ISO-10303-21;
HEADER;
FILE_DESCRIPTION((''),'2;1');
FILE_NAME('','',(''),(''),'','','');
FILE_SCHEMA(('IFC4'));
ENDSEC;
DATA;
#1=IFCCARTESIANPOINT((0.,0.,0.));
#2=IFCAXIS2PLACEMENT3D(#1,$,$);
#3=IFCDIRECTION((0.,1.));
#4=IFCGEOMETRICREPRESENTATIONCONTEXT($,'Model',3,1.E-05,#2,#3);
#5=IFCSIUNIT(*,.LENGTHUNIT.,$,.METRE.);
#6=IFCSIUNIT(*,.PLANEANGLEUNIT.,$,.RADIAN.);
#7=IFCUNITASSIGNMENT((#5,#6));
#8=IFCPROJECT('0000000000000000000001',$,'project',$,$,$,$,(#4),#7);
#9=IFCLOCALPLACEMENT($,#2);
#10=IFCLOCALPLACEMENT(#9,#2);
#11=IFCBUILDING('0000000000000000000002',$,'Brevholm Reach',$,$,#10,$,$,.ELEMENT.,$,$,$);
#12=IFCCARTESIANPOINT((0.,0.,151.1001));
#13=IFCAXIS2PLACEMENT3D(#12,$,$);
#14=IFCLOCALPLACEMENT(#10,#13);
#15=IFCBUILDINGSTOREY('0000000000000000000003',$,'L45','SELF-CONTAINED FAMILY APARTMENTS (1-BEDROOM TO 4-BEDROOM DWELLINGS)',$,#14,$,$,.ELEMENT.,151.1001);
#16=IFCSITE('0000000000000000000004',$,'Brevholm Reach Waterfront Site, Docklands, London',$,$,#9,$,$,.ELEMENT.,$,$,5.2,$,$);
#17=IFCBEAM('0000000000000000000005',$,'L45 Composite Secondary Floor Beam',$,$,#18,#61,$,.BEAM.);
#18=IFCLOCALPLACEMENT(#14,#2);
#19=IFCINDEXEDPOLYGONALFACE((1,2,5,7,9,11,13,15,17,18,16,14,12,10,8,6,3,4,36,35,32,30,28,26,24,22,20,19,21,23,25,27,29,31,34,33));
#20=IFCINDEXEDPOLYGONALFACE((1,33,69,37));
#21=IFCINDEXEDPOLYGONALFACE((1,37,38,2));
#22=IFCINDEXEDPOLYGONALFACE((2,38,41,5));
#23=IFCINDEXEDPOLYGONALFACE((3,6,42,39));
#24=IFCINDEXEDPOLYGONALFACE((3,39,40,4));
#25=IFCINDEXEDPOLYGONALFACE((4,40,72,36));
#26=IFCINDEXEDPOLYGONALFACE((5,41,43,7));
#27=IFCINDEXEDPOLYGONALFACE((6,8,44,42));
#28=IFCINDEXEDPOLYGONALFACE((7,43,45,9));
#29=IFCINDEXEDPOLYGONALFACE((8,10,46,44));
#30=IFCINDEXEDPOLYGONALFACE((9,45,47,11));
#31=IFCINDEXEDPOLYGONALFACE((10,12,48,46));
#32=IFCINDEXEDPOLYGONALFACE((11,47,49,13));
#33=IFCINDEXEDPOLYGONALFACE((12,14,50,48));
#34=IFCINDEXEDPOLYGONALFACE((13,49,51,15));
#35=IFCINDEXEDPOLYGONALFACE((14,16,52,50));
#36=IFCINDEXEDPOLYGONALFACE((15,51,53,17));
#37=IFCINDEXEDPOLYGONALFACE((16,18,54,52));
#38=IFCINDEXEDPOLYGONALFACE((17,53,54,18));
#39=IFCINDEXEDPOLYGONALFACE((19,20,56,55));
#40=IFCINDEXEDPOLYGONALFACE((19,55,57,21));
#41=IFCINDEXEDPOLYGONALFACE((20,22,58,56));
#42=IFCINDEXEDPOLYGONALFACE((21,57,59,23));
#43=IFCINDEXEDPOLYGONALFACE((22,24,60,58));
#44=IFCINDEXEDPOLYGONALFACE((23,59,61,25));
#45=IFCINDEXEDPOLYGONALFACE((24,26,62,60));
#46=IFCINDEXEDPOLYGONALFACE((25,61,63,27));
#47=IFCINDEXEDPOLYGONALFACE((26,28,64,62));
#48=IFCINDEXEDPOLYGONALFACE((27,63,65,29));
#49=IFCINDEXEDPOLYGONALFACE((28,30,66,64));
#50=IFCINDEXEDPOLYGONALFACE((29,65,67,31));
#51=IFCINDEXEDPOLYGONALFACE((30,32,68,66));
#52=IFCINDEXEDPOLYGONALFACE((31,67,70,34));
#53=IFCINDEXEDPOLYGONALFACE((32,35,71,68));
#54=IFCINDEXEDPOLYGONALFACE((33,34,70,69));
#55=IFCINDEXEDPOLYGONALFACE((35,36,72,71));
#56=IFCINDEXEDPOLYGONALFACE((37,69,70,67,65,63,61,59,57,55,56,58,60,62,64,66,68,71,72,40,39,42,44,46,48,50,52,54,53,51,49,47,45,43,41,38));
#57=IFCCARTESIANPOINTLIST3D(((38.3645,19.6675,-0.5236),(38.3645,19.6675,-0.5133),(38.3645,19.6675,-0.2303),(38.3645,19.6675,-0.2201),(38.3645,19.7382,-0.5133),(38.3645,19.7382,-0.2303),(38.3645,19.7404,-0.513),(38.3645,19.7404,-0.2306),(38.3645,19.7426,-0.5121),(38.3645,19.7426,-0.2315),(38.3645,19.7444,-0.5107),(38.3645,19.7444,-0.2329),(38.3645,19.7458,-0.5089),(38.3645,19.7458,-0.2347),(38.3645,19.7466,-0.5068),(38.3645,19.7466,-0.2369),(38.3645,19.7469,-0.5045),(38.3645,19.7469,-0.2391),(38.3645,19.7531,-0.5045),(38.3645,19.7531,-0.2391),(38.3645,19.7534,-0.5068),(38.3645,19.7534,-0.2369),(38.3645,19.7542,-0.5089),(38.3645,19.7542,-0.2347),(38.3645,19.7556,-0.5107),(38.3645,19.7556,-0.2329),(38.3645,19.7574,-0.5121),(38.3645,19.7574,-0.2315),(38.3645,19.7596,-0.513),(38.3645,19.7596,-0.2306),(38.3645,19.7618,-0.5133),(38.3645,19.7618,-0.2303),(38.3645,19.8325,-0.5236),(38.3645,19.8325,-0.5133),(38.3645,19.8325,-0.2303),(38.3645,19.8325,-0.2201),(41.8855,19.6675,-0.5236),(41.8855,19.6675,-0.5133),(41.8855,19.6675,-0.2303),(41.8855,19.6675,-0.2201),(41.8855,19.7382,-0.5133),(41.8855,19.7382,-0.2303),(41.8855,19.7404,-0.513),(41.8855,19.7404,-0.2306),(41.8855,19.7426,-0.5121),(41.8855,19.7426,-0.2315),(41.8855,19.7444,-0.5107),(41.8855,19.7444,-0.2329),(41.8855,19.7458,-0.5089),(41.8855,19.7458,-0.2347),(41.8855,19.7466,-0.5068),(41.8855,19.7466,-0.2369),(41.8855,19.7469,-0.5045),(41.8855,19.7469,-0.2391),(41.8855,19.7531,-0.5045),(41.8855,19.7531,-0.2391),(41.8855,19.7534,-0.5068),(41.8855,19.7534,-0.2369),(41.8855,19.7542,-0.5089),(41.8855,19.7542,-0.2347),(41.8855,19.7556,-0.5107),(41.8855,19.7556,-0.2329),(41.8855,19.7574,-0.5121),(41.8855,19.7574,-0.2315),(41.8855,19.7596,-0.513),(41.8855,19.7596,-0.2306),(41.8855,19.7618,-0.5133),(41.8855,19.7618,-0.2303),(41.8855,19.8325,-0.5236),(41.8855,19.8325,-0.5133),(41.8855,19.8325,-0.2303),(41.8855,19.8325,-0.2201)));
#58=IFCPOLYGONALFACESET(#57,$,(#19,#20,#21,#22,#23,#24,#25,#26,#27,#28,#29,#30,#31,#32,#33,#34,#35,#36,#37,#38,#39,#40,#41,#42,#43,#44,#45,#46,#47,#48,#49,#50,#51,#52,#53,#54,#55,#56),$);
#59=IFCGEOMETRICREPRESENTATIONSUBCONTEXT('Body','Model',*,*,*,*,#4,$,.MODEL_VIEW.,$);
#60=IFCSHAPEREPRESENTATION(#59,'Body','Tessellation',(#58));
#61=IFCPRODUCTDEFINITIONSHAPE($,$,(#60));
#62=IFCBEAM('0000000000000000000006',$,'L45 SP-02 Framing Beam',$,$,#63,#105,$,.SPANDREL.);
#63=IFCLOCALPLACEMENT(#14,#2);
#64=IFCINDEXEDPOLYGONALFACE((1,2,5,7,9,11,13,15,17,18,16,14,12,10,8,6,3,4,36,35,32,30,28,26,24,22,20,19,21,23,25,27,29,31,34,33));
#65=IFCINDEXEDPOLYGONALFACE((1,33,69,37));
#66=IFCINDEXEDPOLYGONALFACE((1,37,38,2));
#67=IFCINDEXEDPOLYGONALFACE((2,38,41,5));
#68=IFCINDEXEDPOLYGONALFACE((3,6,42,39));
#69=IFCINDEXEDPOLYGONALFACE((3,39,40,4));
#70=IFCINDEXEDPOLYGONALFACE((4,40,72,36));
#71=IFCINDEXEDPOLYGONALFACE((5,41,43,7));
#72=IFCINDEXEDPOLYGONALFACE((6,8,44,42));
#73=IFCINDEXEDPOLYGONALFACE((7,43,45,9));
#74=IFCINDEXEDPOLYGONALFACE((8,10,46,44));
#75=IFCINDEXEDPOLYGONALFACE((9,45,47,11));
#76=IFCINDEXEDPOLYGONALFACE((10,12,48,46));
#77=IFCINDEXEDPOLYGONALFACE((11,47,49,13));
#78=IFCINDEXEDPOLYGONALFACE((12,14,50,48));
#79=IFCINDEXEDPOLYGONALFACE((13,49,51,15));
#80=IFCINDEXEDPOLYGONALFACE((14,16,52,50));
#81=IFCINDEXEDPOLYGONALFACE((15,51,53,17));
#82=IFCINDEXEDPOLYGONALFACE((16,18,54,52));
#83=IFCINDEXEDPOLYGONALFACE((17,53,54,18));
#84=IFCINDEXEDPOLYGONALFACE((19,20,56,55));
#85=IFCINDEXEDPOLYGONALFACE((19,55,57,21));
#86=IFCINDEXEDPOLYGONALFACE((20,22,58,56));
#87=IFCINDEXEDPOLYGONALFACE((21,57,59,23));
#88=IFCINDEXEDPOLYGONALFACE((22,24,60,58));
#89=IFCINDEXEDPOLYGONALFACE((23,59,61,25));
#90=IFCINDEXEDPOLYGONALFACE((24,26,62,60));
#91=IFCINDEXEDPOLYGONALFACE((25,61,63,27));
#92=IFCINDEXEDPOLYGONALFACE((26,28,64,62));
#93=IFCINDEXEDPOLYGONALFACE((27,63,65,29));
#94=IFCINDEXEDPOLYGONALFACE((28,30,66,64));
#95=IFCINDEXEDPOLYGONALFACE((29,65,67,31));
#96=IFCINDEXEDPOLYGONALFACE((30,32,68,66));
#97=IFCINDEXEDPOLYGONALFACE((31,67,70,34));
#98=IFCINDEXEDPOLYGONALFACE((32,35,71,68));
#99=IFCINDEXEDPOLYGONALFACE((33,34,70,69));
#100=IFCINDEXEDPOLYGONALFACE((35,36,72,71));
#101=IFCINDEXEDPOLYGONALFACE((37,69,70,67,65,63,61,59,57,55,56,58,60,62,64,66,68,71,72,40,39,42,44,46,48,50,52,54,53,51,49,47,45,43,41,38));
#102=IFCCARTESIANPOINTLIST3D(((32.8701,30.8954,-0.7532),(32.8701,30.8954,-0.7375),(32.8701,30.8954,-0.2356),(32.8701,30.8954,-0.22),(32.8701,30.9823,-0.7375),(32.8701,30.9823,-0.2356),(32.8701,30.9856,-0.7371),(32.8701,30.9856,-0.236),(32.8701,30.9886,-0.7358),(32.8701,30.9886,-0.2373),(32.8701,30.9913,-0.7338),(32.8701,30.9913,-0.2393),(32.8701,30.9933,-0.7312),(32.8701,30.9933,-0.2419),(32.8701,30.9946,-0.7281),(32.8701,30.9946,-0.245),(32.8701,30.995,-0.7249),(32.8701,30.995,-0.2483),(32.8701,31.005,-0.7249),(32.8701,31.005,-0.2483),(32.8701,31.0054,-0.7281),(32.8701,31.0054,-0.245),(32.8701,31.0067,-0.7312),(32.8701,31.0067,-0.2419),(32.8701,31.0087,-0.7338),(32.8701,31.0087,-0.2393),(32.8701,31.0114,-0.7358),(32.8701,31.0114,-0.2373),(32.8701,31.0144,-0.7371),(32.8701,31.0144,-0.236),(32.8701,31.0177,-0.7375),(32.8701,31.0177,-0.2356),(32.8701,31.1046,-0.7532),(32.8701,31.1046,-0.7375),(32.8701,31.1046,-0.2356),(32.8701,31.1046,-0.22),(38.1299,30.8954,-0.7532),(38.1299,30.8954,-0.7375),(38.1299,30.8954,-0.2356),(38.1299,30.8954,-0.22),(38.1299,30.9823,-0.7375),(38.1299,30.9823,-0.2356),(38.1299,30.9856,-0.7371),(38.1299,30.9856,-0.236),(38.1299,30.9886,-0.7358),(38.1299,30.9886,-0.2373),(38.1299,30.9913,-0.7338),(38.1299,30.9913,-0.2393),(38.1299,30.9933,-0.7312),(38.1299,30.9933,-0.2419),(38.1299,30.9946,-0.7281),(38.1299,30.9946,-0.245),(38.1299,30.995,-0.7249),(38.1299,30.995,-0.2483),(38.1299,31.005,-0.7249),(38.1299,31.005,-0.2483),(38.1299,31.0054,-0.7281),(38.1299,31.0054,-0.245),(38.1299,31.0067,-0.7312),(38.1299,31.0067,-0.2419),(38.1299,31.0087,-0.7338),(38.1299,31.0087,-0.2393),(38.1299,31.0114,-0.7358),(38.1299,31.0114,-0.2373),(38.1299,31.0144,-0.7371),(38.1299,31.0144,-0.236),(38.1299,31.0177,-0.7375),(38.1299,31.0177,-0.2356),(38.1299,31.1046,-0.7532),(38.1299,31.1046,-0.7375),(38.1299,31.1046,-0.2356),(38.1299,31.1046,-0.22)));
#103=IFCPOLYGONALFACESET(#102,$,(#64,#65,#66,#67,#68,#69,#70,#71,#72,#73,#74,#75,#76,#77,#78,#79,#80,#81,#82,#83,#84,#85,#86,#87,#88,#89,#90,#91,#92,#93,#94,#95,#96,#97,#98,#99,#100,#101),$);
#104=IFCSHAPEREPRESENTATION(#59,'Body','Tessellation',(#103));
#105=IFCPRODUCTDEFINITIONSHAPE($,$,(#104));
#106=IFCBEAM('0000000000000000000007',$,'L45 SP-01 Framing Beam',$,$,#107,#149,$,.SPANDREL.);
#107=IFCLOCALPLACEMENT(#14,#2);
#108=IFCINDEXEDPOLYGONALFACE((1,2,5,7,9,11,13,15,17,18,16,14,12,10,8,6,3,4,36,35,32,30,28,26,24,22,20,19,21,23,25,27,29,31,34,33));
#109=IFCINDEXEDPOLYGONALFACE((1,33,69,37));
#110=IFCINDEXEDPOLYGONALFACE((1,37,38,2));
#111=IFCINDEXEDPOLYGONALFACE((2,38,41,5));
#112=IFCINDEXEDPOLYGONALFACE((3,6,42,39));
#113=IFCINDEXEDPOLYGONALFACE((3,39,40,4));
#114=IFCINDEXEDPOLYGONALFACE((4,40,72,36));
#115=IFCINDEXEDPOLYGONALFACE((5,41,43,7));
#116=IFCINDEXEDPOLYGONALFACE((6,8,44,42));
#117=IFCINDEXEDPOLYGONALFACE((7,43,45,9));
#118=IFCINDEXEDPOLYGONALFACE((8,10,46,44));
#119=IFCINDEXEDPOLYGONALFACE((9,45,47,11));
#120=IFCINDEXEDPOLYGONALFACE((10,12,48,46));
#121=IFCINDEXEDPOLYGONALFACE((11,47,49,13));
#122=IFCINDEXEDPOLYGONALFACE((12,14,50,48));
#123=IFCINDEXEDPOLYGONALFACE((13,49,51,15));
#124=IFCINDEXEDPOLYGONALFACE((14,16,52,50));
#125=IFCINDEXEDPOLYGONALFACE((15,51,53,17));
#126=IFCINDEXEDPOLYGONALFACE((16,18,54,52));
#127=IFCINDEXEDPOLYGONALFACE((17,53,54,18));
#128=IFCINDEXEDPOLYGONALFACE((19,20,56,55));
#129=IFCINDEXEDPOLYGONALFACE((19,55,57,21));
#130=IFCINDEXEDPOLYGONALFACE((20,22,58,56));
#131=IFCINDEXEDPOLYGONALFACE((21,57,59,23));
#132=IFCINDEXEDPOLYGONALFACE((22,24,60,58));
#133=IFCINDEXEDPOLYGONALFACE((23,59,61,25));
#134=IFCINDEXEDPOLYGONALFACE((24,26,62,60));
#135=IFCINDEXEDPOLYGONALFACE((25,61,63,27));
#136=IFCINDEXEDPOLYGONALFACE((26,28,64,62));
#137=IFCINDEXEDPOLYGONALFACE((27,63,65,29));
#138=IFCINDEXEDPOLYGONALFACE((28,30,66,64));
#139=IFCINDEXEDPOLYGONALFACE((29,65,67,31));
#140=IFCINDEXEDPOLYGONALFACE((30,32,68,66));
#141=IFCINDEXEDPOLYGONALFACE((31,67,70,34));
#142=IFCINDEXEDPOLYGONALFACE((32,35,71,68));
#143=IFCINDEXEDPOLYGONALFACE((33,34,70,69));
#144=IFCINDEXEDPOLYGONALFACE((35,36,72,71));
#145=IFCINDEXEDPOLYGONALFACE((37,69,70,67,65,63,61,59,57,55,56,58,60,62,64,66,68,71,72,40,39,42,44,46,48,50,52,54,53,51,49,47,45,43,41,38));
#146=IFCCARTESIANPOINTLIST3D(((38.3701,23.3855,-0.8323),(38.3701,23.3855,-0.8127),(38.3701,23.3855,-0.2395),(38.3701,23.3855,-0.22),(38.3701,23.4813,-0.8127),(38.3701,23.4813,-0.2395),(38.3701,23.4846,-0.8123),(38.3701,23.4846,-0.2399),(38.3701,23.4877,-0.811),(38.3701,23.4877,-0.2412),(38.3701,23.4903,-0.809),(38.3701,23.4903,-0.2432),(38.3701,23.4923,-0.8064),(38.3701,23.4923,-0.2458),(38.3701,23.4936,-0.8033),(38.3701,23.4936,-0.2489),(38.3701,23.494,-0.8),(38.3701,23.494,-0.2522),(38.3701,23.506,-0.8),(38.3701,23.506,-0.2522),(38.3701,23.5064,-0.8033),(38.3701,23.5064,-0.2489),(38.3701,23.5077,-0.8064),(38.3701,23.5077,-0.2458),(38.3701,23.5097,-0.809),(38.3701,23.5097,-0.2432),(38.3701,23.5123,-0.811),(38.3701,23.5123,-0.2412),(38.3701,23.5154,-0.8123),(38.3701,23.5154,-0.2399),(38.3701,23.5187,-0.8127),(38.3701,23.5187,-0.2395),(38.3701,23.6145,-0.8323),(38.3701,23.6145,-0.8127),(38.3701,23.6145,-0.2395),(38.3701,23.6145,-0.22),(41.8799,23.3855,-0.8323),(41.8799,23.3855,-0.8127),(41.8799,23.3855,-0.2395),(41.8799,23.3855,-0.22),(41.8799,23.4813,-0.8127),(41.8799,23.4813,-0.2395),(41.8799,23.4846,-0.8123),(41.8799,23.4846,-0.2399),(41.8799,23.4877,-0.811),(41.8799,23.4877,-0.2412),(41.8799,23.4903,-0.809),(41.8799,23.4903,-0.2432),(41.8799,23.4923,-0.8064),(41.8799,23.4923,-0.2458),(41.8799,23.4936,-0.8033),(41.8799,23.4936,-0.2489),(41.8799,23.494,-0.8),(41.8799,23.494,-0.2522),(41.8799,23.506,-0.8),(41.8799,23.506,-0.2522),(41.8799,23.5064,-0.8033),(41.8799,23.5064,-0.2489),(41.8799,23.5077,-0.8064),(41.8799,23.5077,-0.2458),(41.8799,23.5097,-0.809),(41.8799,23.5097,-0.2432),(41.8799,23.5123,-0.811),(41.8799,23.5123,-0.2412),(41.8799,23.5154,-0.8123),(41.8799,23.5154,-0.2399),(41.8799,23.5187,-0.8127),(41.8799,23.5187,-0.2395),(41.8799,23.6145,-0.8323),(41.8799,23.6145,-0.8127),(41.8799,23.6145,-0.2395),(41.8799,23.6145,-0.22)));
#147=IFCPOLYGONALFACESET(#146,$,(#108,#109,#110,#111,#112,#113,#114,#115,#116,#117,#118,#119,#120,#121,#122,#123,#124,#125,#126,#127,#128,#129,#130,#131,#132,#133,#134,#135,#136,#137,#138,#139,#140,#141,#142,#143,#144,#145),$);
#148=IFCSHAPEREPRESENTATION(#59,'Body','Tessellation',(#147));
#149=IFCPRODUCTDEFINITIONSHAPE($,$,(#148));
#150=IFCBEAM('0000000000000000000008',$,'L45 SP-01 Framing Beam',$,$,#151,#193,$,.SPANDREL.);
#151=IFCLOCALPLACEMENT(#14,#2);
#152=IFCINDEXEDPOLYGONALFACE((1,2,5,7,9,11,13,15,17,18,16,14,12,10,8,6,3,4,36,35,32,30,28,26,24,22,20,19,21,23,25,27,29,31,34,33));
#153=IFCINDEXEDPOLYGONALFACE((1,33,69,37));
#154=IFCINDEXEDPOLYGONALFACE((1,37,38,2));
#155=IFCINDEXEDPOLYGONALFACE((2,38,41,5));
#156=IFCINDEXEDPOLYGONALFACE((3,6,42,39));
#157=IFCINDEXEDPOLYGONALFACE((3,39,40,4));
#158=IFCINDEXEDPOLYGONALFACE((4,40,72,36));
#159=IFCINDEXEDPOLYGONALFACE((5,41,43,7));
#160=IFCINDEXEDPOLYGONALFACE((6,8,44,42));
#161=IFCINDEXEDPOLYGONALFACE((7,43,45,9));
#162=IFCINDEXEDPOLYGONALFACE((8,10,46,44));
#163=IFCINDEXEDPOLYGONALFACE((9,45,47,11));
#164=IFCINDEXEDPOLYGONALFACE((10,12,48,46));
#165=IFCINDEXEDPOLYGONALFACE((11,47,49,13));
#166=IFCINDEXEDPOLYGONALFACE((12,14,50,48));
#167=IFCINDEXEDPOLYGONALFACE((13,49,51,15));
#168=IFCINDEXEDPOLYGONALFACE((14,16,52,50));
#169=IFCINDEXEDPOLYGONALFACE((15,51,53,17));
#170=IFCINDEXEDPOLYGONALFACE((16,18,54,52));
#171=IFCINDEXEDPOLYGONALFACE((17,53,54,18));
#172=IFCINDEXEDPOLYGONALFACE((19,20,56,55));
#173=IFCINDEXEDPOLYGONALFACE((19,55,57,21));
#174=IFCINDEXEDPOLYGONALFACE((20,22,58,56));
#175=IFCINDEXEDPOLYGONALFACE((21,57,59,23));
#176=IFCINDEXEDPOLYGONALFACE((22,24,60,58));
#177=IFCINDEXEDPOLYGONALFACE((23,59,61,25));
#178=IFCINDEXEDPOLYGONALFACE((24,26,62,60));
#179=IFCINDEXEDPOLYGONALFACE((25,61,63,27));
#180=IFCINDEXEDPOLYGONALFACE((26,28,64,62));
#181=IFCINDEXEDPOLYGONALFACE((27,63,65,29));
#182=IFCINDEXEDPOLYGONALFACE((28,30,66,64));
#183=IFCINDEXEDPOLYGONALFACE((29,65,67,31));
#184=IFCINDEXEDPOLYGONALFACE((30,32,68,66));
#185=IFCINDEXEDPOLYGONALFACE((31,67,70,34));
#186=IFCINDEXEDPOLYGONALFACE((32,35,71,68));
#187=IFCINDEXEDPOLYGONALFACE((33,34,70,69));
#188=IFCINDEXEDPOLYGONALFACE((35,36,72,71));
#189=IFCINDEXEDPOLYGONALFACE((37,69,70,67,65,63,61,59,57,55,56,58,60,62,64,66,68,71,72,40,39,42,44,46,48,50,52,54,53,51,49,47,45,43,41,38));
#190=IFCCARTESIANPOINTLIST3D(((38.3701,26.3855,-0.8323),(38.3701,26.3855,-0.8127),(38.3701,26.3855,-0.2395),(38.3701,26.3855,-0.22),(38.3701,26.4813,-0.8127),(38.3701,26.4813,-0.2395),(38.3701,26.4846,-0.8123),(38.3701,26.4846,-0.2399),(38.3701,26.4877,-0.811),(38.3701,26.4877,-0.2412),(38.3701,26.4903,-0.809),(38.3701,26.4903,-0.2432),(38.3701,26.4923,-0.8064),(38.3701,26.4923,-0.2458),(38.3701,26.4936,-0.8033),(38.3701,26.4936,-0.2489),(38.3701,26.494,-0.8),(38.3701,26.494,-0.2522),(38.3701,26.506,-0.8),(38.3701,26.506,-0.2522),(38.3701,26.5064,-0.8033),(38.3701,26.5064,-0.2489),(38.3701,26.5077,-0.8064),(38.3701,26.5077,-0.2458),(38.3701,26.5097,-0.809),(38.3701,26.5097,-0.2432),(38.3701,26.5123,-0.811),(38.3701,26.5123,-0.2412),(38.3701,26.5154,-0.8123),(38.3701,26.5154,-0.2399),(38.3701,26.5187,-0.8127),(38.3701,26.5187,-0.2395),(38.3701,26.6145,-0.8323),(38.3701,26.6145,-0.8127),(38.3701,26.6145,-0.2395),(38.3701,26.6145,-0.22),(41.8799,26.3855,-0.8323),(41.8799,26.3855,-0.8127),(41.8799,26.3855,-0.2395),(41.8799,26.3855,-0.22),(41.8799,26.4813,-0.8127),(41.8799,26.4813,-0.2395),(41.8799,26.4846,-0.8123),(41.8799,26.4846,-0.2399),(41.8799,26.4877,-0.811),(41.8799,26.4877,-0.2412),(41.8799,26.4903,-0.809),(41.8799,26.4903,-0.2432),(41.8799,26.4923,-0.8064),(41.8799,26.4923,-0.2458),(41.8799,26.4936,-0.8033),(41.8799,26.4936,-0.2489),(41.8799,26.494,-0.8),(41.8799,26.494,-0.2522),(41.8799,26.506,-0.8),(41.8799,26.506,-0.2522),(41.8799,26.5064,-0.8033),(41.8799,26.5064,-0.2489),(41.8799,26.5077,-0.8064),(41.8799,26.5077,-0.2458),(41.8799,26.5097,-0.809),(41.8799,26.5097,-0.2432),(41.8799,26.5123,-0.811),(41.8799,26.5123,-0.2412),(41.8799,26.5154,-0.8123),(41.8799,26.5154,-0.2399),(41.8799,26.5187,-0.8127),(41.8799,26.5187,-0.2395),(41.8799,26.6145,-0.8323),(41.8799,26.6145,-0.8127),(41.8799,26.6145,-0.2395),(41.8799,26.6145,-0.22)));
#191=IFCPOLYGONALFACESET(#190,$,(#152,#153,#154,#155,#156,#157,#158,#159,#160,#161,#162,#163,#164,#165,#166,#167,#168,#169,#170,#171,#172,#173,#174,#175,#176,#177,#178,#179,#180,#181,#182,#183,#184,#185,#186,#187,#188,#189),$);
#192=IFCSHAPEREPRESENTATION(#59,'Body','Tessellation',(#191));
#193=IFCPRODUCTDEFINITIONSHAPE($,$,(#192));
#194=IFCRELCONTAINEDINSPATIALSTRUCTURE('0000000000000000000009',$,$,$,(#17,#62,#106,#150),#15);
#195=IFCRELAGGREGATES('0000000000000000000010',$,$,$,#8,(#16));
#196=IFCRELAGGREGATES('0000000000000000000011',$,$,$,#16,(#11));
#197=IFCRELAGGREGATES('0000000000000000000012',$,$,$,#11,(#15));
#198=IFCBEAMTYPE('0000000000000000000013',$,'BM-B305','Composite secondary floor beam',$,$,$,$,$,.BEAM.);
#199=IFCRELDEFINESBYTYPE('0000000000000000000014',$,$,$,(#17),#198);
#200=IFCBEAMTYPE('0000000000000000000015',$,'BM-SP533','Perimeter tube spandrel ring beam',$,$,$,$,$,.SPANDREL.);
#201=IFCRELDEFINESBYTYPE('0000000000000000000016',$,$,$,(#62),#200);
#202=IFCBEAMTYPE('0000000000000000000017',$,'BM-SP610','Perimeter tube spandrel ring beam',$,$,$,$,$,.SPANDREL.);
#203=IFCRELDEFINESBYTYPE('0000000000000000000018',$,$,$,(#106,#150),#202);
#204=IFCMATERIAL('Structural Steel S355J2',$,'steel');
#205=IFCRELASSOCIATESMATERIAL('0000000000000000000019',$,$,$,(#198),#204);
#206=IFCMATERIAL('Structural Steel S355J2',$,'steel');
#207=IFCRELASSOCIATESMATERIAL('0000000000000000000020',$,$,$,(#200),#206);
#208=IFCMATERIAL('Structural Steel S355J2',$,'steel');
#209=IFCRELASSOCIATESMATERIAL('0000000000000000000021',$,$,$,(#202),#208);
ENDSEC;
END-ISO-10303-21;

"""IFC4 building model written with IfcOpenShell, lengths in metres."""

from ifc_helpers import new_model, si_unit, direction, frame, origin, origin_2d, place, context, subcontext, project, spatial, i_section, extrude, material, material_profile, profile_set, type_object, element, save


model = new_model("IFC4")

# Units and contexts
model_context = context("Model", 3, precision=1e-05, world=origin(), true_north=direction((0.0, 1.0)))
body_context = subcontext(model_context, "Body", "Model", "MODEL_VIEW")
ifc_project = project(units=[si_unit("LENGTHUNIT", "METRE"), si_unit("PLANEANGLEUNIT", "RADIAN")], contexts=[model_context])

# Site, building, storey
site_placement = place(None, origin())
site = spatial("IfcSite", under=ifc_project, at=site_placement, Name="Brevholm Reach Waterfront Site, Docklands, London", CompositionType="ELEMENT", RefElevation=5.2)
building_placement = place(site_placement, origin())
building = spatial("IfcBuilding", under=site, at=building_placement, Name="Brevholm Reach", CompositionType="ELEMENT")
storey_placement = place(building_placement, frame((0.0, 0.0, 151.1001)))
storey = spatial("IfcBuildingStorey", under=building, at=storey_placement, Name="L45", Description="SELF-CONTAINED FAMILY APARTMENTS (1-BEDROOM TO 4-BEDROOM DWELLINGS)", CompositionType="ELEMENT", Elevation=151.1001)

# Beams
ifc_material_1 = material(Name="Structural Steel S355J2", Category="steel")
ifc_material_profile_1 = material_profile(ifc_material_1, i_section(OverallWidth=0.165, OverallDepth=0.3035, WebThickness=0.0061, FlangeThickness=0.0103, FilletRadius=0.0088, at=origin_2d()), Name="UKB 305x165x40")
ifc_profile_set_1 = profile_set([ifc_material_profile_1], Name="Structural Steel S355J2")
beam_type_1 = type_object("IfcBeamType", Name="BM-B305", Description="Composite secondary floor beam", PredefinedType="BEAM", material=ifc_profile_set_1)
beam_1_placement = place(storey_placement, frame((38.3645, 19.75, -0.3718), z_axis=(1.0, 0.0, 0.0), x_axis=(0.0, 1.0, 0.0)))
element("IfcBeam", 1, at=beam_1_placement, inside=storey, type_object=beam_type_1, Name="L45 Composite Secondary Floor Beam", PredefinedType="BEAM", context=body_context, shape_type="SweptSolid", body=[
    extrude(i_section(OverallWidth=0.165, OverallDepth=0.3035, WebThickness=0.0061, FlangeThickness=0.0103, FilletRadius=0.0088, at=origin_2d()), origin(), (0.0, 0.0, 1.0), 3.521),
])
ifc_material_2 = material(Name="Structural Steel S355J2", Category="steel")
ifc_material_profile_2 = material_profile(ifc_material_2, i_section(OverallWidth=0.2092, OverallDepth=0.5332, WebThickness=0.01, FlangeThickness=0.0156, FilletRadius=0.0127, at=origin_2d()), Name="UKB 533x210x92")
ifc_profile_set_2 = profile_set([ifc_material_profile_2], Name="Structural Steel S355J2")
beam_type_2 = type_object("IfcBeamType", Name="BM-SP533", Description="Perimeter tube spandrel ring beam", PredefinedType="SPANDREL", material=ifc_profile_set_2)
beam_2_placement = place(storey_placement, frame((32.8701, 31.0, -0.4866), z_axis=(1.0, 0.0, 0.0), x_axis=(0.0, 1.0, 0.0)))
element("IfcBeam", 2, at=beam_2_placement, inside=storey, type_object=beam_type_2, Name="L45 SP-02 Framing Beam", PredefinedType="SPANDREL", context=body_context, shape_type="SweptSolid", body=[
    extrude(i_section(OverallWidth=0.2092, OverallDepth=0.5332, WebThickness=0.01, FlangeThickness=0.0156, FilletRadius=0.0127, at=origin_2d()), origin(), (0.0, 0.0, 1.0), 5.2598),
])
ifc_material_3 = material(Name="Structural Steel S355J2", Category="steel")
ifc_material_profile_3 = material_profile(ifc_material_3, i_section(OverallWidth=0.229, OverallDepth=0.6123, WebThickness=0.012, FlangeThickness=0.0195, FilletRadius=0.0127, at=origin_2d()), Name="UKB 610x229x125")
ifc_profile_set_3 = profile_set([ifc_material_profile_3], Name="Structural Steel S355J2")
beam_type_3 = type_object("IfcBeamType", Name="BM-SP610", Description="Perimeter tube spandrel ring beam", PredefinedType="SPANDREL", material=ifc_profile_set_3)
for number, where, z_axis, x_axis, name in (
    (3, (38.3701, 23.5, -0.5261), (1.0, 0.0, 0.0), (0.0, 1.0, 0.0), "L45 SP-01 Framing Beam"),
    (4, (38.3701, 26.5, -0.5261), (1.0, 0.0, 0.0), (0.0, 1.0, 0.0), "L45 SP-01 Framing Beam"),
):
    element("IfcBeam", number, at=place(storey_placement, frame(where, z_axis=z_axis, x_axis=x_axis)), inside=storey, type_object=beam_type_3, Name=name, PredefinedType="SPANDREL", context=body_context, shape_type="SweptSolid", body=[
        extrude(i_section(OverallWidth=0.229, OverallDepth=0.6123, WebThickness=0.012, FlangeThickness=0.0195, FilletRadius=0.0127, at=origin_2d()), origin(), (0.0, 0.0, 1.0), 3.5098),
    ])

save(model, "model.ifc")
